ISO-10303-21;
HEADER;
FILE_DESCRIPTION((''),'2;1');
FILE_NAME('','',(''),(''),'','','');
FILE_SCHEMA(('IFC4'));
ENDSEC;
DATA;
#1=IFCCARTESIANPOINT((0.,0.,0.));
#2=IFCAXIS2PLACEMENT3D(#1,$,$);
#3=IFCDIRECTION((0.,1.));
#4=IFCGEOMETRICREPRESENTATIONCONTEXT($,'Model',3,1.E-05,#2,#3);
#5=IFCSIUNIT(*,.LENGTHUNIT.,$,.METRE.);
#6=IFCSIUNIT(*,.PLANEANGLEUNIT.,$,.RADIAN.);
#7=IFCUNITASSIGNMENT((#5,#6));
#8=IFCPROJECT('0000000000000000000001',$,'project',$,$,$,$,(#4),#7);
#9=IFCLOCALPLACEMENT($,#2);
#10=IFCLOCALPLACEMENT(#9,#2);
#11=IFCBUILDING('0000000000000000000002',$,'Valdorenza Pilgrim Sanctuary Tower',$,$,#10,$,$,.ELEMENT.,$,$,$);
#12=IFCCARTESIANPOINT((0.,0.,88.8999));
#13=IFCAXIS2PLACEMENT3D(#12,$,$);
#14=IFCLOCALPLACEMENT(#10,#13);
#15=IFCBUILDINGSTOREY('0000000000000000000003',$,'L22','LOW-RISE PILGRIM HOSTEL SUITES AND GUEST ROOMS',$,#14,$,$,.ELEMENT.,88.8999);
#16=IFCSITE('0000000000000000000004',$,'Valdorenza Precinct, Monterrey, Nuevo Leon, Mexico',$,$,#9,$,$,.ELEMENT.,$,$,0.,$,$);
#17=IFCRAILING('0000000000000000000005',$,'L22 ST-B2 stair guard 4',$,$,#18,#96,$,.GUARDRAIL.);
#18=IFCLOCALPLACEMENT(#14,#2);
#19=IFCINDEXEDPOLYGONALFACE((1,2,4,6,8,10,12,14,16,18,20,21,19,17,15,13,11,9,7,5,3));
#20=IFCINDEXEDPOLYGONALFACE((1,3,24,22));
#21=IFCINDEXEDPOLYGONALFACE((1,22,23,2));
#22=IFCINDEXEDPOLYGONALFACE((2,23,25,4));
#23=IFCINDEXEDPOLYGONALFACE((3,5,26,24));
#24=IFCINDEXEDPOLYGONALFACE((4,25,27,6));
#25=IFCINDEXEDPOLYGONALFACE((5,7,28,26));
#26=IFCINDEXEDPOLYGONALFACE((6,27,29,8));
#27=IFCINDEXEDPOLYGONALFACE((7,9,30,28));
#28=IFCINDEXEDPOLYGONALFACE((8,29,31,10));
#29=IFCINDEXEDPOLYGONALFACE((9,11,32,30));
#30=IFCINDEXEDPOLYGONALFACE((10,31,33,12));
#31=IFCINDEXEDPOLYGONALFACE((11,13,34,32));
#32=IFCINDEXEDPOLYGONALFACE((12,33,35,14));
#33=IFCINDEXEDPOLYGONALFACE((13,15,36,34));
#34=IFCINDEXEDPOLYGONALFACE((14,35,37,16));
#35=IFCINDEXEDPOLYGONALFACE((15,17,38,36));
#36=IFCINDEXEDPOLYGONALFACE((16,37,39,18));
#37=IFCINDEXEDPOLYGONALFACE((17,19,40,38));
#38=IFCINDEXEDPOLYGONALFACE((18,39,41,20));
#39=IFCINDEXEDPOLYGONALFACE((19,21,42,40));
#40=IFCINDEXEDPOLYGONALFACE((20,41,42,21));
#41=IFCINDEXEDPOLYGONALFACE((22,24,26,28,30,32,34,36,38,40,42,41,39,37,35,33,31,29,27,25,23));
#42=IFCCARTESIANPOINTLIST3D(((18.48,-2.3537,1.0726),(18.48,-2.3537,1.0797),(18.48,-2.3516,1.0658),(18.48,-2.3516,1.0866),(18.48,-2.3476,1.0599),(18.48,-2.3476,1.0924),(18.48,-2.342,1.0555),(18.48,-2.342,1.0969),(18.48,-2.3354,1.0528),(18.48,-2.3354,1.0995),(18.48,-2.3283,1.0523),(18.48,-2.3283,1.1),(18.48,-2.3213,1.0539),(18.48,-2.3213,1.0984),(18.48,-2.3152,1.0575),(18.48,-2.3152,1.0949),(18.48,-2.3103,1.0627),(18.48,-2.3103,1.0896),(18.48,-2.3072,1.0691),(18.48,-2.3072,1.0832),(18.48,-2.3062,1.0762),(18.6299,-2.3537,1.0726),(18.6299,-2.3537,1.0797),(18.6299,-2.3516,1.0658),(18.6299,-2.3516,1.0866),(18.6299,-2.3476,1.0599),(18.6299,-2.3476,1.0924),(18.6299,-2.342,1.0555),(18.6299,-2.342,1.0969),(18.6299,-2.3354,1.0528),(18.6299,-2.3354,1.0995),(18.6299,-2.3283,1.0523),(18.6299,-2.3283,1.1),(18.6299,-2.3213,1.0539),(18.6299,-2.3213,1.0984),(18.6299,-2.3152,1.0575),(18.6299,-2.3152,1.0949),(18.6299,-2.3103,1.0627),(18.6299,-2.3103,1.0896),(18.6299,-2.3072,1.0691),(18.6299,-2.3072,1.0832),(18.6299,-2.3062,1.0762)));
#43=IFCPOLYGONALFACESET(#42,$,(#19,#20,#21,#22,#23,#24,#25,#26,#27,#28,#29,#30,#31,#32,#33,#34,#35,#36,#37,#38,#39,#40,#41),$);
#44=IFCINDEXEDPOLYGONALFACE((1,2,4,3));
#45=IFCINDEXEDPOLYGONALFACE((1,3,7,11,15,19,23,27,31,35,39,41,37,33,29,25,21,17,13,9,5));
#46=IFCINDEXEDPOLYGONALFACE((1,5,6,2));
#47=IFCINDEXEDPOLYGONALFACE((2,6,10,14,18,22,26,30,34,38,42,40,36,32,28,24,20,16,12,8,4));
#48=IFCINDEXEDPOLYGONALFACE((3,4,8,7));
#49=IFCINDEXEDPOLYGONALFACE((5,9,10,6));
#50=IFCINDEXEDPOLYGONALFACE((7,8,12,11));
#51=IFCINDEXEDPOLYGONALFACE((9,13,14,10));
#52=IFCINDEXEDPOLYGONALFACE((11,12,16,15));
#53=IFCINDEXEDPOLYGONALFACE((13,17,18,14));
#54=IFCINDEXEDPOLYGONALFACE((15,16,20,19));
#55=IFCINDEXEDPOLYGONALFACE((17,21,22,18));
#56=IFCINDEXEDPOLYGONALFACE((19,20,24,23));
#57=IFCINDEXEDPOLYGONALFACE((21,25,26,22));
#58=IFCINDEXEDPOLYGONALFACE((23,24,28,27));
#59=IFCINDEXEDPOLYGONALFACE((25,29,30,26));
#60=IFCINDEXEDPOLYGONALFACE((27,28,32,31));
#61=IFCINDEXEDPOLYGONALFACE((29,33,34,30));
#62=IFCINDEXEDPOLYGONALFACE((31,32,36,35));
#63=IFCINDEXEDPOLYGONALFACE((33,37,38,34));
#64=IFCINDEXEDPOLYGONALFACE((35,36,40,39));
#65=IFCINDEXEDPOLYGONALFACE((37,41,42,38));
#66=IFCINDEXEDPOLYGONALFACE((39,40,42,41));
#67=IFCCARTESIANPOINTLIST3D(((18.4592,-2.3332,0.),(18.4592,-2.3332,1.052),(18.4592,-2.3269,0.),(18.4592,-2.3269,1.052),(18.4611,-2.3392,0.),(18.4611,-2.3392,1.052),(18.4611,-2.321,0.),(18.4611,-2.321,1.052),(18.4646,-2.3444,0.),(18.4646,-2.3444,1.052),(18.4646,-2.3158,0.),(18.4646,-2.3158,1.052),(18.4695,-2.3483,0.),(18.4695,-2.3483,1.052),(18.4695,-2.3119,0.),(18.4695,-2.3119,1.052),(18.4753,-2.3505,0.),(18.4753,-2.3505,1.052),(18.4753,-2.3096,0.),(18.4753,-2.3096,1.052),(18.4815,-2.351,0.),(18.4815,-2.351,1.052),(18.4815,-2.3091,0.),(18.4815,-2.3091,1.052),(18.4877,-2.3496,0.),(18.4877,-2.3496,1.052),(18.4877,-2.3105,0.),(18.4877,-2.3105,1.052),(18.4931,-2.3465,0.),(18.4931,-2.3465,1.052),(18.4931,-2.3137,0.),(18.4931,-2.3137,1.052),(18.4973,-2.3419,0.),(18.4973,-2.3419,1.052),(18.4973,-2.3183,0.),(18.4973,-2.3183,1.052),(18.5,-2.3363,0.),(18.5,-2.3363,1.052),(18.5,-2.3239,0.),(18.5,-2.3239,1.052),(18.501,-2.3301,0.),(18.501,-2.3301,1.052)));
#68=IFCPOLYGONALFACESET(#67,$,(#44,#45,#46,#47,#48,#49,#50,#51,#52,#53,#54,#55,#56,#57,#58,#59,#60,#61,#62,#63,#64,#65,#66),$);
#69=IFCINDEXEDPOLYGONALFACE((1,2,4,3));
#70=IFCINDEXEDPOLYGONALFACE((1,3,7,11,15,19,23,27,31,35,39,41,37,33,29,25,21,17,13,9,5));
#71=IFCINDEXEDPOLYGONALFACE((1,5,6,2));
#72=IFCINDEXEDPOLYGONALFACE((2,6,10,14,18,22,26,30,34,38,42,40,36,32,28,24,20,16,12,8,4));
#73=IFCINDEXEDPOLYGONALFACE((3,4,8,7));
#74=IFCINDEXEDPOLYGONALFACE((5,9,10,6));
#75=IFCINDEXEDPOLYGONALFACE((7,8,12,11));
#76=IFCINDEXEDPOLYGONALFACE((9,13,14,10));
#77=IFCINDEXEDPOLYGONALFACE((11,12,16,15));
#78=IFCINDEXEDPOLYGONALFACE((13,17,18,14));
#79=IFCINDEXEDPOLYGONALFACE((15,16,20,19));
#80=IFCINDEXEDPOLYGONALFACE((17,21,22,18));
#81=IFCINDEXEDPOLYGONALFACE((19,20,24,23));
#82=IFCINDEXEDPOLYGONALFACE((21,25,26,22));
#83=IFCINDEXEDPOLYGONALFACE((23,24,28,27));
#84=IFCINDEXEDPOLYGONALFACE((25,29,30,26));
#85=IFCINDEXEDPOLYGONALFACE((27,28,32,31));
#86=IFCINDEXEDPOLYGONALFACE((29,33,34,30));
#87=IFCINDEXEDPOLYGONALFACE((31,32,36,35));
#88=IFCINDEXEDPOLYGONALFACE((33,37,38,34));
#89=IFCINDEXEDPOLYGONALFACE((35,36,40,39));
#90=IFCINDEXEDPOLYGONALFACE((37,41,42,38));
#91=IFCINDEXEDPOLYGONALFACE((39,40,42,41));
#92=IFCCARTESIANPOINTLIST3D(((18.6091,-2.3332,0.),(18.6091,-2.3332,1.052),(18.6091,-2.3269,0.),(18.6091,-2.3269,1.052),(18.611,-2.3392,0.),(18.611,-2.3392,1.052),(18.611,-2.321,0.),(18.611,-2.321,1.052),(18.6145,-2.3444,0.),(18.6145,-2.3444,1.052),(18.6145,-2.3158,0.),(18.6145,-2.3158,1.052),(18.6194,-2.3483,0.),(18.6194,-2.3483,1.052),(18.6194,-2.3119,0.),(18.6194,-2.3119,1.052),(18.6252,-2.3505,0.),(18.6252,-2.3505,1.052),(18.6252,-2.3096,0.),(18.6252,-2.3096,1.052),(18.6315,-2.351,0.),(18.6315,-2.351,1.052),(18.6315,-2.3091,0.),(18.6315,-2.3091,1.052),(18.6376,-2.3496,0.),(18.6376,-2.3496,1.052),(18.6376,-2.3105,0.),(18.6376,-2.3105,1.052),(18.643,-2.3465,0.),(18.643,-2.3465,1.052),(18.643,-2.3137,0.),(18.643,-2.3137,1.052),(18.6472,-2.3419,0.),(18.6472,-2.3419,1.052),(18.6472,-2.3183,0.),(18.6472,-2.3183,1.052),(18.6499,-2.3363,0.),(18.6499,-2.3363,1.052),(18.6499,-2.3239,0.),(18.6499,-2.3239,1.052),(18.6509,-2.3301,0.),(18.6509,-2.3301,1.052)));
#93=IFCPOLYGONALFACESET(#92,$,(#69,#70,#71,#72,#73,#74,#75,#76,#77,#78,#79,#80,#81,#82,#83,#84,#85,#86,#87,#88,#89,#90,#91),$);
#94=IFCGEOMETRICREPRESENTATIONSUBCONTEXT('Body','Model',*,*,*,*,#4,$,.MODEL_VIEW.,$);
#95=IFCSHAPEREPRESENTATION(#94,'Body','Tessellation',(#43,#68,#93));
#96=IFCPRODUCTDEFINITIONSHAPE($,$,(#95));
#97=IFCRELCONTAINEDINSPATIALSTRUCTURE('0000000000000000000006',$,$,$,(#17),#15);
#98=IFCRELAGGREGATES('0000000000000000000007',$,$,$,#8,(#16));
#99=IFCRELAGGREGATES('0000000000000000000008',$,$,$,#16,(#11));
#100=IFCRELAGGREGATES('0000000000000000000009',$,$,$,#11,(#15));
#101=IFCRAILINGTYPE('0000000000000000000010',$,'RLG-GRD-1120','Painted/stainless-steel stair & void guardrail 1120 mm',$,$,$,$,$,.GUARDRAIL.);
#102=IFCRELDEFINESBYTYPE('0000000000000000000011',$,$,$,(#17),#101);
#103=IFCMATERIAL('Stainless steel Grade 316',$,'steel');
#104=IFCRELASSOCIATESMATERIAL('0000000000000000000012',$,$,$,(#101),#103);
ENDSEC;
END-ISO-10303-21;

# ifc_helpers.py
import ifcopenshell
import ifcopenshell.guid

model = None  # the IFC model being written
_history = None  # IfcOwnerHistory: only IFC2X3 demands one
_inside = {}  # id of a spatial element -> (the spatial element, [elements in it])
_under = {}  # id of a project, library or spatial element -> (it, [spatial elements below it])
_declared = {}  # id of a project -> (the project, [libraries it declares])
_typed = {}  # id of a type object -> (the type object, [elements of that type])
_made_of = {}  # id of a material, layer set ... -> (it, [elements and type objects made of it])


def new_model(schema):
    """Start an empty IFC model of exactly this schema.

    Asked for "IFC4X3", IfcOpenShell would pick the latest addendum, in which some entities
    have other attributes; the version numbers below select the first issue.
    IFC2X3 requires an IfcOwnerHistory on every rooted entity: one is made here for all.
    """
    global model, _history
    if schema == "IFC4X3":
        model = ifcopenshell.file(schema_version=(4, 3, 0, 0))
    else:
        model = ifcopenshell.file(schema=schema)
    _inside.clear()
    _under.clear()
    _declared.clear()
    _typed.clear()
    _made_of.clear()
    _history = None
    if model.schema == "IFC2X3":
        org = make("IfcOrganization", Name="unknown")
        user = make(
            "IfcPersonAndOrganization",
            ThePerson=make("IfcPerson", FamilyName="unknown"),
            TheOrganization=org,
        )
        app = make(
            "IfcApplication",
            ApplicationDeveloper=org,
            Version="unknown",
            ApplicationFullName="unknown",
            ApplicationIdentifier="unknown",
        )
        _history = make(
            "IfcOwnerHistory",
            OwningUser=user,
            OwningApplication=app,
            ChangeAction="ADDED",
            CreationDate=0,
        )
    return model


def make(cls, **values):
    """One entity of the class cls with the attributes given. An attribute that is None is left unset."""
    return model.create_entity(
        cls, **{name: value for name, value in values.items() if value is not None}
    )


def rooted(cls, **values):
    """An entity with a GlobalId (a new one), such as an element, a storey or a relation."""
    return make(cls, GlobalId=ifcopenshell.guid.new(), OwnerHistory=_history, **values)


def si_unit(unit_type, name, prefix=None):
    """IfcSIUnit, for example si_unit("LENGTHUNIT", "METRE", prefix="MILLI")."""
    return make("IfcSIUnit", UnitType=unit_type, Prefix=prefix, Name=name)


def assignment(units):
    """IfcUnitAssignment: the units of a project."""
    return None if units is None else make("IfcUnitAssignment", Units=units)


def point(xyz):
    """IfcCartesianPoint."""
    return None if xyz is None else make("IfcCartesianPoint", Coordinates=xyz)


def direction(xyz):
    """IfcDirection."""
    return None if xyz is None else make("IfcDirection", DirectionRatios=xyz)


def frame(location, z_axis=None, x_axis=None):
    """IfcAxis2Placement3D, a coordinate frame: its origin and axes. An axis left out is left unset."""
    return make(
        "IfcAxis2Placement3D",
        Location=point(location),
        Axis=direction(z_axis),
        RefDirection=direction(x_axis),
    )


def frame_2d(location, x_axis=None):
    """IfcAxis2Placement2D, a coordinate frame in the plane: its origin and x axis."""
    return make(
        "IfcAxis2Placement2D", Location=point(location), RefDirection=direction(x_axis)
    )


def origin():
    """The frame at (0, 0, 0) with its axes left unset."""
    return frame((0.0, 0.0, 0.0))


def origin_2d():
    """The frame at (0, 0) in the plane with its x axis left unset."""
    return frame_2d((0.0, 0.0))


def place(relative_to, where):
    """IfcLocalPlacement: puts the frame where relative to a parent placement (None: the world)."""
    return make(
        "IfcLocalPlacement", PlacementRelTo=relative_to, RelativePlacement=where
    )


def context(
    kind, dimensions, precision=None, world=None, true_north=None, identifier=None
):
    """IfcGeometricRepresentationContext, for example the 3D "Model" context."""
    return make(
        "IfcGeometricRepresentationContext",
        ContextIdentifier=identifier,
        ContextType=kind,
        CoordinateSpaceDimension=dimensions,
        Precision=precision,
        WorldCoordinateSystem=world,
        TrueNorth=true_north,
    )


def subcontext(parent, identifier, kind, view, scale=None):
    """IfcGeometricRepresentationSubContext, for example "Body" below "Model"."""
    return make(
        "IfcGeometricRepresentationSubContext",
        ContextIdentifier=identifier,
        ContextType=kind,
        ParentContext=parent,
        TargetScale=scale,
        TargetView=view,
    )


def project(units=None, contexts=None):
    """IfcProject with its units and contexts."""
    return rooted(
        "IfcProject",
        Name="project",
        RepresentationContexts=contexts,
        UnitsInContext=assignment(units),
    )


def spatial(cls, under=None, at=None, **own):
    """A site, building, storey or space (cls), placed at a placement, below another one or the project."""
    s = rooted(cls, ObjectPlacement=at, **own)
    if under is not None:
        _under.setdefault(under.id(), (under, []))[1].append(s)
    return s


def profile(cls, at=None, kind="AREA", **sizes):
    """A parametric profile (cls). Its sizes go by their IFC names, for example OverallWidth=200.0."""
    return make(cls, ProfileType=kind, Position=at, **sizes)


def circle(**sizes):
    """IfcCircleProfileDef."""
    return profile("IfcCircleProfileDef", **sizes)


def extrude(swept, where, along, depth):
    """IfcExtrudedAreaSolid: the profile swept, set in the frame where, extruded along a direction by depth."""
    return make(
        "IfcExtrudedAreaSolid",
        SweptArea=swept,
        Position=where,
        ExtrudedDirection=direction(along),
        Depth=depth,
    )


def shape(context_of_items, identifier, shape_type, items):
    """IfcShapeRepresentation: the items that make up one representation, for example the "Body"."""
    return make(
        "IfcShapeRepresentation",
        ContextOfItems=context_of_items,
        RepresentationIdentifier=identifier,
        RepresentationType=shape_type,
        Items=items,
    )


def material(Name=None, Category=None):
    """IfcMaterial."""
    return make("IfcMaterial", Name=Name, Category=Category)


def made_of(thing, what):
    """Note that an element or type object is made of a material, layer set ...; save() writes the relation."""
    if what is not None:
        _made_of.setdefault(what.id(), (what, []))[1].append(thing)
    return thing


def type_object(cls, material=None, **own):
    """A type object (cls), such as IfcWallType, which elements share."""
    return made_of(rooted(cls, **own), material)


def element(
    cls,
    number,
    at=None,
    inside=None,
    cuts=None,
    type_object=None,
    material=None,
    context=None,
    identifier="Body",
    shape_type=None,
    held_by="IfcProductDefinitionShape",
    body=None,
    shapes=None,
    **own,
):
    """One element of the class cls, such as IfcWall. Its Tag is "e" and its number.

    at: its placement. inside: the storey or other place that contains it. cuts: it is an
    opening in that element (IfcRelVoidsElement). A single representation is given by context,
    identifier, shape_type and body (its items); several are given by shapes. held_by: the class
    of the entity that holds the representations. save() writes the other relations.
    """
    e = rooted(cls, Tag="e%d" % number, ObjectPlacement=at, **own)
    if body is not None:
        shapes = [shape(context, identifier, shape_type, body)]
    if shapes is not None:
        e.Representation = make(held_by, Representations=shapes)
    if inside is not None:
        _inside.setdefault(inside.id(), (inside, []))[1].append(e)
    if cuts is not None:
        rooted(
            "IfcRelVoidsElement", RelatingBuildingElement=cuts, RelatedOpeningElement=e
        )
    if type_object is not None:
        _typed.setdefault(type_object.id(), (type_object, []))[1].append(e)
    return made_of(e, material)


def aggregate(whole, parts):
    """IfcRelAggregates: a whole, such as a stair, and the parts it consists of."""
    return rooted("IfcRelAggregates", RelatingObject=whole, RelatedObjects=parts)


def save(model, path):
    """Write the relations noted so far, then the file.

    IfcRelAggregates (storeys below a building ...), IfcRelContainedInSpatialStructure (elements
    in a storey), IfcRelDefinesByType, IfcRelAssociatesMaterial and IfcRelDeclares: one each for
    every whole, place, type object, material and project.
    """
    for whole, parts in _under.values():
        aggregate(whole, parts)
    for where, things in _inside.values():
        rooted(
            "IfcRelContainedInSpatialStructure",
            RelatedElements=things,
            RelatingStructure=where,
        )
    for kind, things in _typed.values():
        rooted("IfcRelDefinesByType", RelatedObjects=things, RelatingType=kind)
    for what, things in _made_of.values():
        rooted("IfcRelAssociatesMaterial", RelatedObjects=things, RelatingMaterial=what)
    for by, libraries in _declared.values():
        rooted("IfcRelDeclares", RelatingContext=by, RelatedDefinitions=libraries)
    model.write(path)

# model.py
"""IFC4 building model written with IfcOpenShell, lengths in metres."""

from ifc_helpers import new_model, si_unit, direction, frame, origin, origin_2d, place, context, subcontext, project, spatial, circle, extrude, material, type_object, element, save


model = new_model("IFC4")

# Units and contexts
model_context = context("Model", 3, precision=1e-05, world=origin(), true_north=direction((0.0, 1.0)))
body_context = subcontext(model_context, "Body", "Model", "MODEL_VIEW")
ifc_project = project(units=[si_unit("LENGTHUNIT", "METRE"), si_unit("PLANEANGLEUNIT", "RADIAN")], contexts=[model_context])

# Site, building, storey
site_placement = place(None, origin())
site = spatial("IfcSite", under=ifc_project, at=site_placement, Name="Valdorenza Precinct, Monterrey, Nuevo Leon, Mexico", CompositionType="ELEMENT", RefElevation=0.0)
building_placement = place(site_placement, origin())
building = spatial("IfcBuilding", under=site, at=building_placement, Name="Valdorenza Pilgrim Sanctuary Tower", CompositionType="ELEMENT")
storey_placement = place(building_placement, frame((0.0, 0.0, 88.8999)))
storey = spatial("IfcBuildingStorey", under=building, at=storey_placement, Name="L22", Description="LOW-RISE PILGRIM HOSTEL SUITES AND GUEST ROOMS", CompositionType="ELEMENT", Elevation=88.8999)

# Railing
ifc_material_1 = material(Name="Stainless steel Grade 316", Category="steel")
railing_type_1 = type_object("IfcRailingType", Name="RLG-GRD-1120", Description="Painted/stainless-steel stair & void guardrail 1120 mm", PredefinedType="GUARDRAIL", material=ifc_material_1)
railing_1_placement = place(storey_placement, frame((18.48, -2.3301, 0.0)))
element("IfcRailing", 1, at=railing_1_placement, inside=storey, type_object=railing_type_1, Name="L22 ST-B2 stair guard 4", PredefinedType="GUARDRAIL", context=body_context, shape_type="SweptSolid", body=[
    extrude(circle(Radius=0.0239, at=origin_2d()), frame((0.0, 0.0, 1.0762), z_axis=(1.0, 0.0, 0.0), x_axis=(0.0, 1.0, 0.0)), (0.0, 0.0, 1.0), 0.1499),
    extrude(circle(Radius=0.021, at=origin_2d()), origin(), (0.0, 0.0, 1.0), 1.052),
    extrude(circle(Radius=0.021, at=origin_2d()), frame((0.1499, 0.0, 0.0)), (0.0, 0.0, 1.0), 1.052),
])

save(model, "model.ifc")
